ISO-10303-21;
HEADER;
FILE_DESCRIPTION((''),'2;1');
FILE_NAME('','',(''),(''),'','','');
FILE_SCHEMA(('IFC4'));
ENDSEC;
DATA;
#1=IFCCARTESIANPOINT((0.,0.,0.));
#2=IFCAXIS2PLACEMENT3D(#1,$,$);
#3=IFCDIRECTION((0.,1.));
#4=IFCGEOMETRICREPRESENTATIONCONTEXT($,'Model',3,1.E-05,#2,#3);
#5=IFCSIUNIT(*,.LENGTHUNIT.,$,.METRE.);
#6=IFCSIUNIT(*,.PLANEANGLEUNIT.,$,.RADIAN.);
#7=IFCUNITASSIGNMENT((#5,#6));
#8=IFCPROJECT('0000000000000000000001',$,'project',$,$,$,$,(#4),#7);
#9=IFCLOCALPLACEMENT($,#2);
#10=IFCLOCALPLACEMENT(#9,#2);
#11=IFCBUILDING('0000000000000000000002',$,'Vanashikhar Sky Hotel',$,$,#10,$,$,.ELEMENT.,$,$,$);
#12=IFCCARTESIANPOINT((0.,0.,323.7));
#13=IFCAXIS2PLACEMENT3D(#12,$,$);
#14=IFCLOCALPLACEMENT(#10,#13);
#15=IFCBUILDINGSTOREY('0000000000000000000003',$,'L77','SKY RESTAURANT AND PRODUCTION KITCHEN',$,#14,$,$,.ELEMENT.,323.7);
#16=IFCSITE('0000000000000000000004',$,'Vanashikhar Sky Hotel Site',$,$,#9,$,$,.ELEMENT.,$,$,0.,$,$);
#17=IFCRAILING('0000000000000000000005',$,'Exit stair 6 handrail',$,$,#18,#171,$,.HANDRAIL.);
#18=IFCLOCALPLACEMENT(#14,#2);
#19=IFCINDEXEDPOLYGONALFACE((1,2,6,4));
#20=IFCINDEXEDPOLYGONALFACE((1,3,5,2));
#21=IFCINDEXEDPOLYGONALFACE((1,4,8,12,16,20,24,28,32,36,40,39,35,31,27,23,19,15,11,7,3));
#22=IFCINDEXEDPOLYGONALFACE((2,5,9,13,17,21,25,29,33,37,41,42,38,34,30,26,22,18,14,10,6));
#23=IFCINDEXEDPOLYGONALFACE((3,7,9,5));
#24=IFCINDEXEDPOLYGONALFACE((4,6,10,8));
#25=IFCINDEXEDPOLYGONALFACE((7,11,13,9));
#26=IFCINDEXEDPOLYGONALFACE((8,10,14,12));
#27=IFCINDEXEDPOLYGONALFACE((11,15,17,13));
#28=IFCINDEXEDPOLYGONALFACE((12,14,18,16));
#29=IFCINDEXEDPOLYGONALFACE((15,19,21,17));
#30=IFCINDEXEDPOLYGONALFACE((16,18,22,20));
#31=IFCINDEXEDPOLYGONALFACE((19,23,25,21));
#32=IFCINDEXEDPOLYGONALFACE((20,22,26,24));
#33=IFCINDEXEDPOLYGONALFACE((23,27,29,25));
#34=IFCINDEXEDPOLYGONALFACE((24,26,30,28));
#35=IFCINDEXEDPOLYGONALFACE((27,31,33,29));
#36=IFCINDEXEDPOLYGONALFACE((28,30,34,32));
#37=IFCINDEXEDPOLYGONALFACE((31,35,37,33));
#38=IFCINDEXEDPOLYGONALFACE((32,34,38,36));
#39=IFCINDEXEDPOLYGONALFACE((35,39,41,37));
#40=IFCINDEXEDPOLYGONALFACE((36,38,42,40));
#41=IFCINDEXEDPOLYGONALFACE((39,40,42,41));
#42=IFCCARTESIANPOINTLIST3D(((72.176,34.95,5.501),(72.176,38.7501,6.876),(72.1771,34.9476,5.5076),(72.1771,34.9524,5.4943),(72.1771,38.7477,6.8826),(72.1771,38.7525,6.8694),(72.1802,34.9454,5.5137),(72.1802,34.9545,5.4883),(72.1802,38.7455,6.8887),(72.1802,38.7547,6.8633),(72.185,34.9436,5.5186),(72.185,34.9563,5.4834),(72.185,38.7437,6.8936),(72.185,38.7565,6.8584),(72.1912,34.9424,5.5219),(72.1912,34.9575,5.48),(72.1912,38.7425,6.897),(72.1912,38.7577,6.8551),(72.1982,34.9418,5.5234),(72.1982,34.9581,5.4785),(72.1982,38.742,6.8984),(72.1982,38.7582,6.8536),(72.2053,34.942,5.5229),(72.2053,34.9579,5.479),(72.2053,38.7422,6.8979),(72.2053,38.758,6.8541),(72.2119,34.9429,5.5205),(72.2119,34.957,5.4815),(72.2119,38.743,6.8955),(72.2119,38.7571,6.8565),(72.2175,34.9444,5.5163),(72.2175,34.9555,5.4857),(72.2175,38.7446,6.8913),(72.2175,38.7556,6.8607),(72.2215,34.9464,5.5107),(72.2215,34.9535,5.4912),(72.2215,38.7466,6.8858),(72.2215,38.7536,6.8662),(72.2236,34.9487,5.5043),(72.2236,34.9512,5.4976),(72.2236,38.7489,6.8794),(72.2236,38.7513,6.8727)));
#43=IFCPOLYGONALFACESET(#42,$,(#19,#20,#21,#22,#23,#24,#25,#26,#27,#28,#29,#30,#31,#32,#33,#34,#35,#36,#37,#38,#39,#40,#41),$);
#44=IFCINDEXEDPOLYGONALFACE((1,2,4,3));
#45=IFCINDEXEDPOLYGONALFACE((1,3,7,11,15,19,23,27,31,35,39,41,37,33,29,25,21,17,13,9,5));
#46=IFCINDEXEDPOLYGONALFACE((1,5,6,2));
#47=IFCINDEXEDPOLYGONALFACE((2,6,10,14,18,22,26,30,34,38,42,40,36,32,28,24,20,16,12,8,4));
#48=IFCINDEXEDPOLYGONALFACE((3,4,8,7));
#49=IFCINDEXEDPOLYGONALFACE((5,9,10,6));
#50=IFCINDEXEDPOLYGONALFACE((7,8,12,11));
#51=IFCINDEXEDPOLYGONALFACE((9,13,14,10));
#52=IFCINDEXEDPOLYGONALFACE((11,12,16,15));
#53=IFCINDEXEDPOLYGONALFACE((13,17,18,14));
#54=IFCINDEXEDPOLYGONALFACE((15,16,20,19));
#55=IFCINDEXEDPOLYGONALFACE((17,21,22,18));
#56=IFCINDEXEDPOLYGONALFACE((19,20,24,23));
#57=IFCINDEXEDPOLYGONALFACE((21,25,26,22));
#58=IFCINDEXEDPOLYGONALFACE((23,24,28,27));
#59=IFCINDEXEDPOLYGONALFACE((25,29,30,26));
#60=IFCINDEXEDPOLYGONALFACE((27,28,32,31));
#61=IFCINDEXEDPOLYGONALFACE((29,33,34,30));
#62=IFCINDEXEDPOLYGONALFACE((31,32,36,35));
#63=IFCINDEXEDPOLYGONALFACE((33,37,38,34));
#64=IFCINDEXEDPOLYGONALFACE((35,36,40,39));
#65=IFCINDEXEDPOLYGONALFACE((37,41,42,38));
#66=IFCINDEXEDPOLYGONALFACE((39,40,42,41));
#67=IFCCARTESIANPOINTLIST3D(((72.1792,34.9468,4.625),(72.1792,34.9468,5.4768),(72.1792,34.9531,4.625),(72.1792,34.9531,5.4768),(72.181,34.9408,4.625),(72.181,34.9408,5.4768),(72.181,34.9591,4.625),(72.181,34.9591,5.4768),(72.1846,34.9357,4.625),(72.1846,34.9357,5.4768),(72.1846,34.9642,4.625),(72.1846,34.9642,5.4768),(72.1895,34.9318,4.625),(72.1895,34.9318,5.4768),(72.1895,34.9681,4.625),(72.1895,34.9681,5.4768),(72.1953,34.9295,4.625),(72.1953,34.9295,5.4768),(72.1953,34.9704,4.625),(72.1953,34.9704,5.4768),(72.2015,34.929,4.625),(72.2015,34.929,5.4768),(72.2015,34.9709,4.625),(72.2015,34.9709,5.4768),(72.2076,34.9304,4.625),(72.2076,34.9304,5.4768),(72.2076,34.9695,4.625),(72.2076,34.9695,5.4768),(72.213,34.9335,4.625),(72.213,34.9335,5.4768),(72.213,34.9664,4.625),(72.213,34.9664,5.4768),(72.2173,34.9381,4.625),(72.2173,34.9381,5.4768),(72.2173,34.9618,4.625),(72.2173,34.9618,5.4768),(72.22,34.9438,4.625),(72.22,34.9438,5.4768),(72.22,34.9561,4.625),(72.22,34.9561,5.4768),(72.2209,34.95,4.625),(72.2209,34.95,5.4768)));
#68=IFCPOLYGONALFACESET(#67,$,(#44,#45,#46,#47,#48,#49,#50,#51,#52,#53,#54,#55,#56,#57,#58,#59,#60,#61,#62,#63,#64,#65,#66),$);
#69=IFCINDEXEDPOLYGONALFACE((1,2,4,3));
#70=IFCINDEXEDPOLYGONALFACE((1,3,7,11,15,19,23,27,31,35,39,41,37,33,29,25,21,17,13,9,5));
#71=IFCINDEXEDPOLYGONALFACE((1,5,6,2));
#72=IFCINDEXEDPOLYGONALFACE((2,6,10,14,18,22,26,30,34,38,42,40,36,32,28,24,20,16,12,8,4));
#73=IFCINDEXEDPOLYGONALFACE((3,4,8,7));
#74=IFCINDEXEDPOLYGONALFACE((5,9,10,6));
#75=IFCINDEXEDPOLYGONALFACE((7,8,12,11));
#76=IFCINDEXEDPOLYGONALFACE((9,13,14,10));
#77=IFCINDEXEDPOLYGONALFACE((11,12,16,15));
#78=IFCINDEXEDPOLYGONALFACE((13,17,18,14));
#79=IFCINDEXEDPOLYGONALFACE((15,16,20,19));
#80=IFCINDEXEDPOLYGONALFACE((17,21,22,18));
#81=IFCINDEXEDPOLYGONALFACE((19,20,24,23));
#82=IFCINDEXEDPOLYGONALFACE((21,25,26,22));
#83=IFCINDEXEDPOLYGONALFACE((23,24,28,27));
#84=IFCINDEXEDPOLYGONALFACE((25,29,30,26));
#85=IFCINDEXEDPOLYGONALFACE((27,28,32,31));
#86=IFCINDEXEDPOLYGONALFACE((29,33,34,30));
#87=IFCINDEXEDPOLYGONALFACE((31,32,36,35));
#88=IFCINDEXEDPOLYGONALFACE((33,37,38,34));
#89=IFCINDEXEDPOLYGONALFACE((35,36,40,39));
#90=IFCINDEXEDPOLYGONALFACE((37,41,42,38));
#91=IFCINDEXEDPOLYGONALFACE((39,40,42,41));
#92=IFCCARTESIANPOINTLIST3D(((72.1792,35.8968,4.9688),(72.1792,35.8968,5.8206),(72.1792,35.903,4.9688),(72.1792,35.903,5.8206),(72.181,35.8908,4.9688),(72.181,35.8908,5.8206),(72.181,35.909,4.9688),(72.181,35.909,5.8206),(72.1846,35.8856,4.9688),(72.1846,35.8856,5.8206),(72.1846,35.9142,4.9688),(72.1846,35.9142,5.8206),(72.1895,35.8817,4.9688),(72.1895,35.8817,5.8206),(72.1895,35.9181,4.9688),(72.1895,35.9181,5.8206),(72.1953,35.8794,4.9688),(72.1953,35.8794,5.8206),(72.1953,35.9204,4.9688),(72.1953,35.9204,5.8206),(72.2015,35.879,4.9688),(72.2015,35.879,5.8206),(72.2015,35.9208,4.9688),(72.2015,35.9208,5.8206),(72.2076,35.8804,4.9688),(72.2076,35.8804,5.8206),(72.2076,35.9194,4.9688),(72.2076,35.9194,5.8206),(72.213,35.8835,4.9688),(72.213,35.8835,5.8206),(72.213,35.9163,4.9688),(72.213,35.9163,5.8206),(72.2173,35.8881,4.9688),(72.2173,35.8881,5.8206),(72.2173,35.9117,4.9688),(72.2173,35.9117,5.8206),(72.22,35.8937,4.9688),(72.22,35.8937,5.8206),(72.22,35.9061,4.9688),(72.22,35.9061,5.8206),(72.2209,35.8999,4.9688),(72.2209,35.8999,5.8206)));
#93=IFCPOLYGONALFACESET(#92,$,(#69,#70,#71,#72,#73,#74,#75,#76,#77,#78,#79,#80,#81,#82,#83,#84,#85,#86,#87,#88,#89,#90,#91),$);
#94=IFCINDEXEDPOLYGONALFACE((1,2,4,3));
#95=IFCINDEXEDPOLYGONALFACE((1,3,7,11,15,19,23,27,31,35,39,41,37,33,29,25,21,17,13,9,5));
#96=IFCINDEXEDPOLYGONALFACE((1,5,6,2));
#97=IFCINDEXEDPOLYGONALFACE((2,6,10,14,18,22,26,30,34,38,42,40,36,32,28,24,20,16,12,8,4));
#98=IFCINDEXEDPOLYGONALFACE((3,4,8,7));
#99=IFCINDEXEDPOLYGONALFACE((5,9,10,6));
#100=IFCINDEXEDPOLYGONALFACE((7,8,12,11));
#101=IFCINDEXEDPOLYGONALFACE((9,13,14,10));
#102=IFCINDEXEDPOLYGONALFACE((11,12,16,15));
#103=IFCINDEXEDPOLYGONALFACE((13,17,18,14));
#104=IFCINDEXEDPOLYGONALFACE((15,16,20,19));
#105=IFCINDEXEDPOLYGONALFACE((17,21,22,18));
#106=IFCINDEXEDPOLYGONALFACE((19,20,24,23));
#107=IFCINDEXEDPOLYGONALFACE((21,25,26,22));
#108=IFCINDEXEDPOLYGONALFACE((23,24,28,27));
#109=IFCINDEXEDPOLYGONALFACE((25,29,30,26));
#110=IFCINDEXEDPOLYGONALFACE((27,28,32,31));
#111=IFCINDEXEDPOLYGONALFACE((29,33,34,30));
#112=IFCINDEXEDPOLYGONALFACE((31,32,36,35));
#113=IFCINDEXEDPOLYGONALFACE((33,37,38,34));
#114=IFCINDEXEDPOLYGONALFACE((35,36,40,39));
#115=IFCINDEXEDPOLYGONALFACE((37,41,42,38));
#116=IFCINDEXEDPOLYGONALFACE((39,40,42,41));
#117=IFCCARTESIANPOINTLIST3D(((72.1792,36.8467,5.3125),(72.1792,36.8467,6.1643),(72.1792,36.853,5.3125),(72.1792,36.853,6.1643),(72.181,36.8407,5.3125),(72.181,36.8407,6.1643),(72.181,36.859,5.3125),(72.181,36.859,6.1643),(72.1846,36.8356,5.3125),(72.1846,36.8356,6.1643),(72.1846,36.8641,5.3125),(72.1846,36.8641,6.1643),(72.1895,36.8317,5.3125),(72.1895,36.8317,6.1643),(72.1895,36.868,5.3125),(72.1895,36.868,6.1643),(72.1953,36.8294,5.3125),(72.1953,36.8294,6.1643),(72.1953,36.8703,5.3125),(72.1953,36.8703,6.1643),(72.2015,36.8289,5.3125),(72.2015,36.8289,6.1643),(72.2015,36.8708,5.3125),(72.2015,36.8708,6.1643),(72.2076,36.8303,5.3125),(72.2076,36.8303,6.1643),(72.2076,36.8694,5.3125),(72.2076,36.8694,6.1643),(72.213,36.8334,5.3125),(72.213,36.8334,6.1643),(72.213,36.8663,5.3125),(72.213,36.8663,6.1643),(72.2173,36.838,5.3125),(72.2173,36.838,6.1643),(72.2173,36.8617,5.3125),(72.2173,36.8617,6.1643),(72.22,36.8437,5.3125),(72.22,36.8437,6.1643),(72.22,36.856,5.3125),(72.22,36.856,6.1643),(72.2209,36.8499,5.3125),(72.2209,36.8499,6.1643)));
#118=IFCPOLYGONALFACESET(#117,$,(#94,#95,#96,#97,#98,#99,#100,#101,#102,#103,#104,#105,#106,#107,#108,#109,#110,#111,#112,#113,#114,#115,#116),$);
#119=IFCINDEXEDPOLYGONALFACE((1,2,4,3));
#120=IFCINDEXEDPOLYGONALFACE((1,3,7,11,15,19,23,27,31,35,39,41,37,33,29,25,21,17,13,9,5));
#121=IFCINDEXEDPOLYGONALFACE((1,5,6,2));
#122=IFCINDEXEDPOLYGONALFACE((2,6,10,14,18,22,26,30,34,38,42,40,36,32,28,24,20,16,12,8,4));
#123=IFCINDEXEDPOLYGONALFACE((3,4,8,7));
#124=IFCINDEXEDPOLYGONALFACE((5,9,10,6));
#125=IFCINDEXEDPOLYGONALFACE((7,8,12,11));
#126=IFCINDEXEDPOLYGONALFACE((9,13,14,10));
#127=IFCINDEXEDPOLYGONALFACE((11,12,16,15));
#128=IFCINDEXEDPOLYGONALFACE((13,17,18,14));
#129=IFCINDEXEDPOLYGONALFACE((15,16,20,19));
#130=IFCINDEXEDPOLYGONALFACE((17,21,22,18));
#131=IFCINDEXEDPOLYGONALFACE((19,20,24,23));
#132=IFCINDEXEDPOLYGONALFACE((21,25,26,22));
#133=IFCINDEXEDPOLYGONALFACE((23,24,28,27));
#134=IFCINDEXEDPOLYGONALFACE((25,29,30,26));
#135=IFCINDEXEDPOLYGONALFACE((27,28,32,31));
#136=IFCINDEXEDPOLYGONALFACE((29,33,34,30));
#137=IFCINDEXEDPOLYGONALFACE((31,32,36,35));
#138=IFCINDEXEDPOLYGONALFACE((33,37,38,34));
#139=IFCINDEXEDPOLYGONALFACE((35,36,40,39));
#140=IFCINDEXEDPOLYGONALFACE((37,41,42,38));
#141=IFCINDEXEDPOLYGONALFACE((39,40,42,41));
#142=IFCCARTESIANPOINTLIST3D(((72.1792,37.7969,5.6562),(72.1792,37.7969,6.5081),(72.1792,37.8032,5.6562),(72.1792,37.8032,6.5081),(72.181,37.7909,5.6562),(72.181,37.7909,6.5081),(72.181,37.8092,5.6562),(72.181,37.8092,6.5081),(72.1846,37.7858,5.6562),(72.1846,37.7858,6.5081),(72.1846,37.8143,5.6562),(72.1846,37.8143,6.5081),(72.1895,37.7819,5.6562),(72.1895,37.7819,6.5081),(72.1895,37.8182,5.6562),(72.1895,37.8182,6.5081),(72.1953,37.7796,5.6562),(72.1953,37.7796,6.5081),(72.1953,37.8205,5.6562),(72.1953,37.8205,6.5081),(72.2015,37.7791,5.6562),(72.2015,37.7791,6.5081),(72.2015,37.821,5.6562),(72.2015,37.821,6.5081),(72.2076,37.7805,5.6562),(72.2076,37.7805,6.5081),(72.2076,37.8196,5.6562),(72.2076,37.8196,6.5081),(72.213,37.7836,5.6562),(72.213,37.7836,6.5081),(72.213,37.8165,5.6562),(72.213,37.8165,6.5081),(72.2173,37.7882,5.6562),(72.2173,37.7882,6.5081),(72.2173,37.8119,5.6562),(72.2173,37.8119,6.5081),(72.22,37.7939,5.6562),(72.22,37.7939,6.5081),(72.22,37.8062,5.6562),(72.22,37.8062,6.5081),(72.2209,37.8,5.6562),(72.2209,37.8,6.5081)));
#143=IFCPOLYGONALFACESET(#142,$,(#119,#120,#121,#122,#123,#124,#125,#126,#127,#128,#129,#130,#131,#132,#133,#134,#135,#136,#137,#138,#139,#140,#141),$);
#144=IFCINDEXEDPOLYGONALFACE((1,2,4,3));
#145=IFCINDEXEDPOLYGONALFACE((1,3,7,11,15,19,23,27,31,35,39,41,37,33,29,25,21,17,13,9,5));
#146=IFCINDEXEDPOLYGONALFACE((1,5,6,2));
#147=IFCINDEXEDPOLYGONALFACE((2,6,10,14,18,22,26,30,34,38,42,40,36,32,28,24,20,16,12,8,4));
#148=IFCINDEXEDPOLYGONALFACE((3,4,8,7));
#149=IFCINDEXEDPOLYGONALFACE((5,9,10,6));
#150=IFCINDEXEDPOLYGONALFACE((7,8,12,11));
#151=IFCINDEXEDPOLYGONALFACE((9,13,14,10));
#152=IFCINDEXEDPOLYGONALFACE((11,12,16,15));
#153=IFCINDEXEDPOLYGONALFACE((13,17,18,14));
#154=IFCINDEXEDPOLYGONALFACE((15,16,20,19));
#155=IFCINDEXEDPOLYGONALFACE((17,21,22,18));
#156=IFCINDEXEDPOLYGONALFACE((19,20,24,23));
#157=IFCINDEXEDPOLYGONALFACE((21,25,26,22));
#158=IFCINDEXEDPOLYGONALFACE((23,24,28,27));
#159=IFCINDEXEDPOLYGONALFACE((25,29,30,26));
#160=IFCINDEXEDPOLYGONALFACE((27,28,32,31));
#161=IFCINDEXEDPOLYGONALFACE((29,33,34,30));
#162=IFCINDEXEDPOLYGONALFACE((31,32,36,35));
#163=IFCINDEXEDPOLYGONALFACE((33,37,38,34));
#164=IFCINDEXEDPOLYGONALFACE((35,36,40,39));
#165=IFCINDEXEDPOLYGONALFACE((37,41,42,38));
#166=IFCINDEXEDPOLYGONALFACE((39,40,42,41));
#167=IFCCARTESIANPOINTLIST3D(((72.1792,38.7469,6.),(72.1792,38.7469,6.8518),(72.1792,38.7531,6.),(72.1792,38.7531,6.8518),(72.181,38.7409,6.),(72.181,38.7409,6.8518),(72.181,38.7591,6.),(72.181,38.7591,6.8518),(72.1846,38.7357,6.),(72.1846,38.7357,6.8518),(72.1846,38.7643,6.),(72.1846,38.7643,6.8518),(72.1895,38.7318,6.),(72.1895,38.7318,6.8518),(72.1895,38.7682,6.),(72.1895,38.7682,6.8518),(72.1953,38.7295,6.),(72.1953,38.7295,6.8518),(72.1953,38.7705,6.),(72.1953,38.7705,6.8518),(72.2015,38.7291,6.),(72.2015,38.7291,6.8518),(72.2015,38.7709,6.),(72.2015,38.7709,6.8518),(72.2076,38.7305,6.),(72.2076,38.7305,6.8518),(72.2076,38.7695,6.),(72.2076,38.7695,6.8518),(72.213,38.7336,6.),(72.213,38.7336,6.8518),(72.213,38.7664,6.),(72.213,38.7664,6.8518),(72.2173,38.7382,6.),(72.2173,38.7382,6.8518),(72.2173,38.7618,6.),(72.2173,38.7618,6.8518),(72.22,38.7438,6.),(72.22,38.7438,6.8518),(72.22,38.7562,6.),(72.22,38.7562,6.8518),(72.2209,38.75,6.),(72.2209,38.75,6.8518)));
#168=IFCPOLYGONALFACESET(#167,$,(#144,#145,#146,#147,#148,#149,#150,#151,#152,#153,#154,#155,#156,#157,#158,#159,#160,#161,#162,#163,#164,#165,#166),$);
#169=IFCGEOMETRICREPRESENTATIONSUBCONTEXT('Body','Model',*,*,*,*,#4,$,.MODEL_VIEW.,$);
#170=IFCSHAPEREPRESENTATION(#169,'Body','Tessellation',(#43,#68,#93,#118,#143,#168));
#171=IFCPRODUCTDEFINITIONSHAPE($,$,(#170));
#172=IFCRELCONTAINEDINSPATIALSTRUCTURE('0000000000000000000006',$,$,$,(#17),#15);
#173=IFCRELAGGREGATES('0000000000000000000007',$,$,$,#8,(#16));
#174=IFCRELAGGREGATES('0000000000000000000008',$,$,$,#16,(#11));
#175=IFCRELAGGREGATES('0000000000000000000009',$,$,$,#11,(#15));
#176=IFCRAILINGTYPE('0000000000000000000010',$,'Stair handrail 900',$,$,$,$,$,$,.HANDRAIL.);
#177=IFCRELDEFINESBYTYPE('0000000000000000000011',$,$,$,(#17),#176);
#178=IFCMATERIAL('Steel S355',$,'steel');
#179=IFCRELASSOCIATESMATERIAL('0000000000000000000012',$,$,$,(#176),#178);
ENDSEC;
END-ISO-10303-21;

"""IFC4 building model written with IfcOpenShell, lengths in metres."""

from ifc_helpers import new_model, si_unit, direction, frame, origin, origin_2d, place, context, subcontext, project, spatial, circle, extrude, source, transform, mapped, material, type_object, element, save


model = new_model("IFC4")

# Units and contexts
model_context = context("Model", 3, precision=1e-05, world=origin(), true_north=direction((0.0, 1.0)))
body_context = subcontext(model_context, "Body", "Model", "MODEL_VIEW")
ifc_project = project(units=[si_unit("LENGTHUNIT", "METRE"), si_unit("PLANEANGLEUNIT", "RADIAN")], contexts=[model_context])

# Site, building, storey
site_placement = place(None, origin())
site = spatial("IfcSite", under=ifc_project, at=site_placement, Name="Vanashikhar Sky Hotel Site", CompositionType="ELEMENT", RefElevation=0.0)
building_placement = place(site_placement, origin())
building = spatial("IfcBuilding", under=site, at=building_placement, Name="Vanashikhar Sky Hotel", CompositionType="ELEMENT")
storey_placement = place(building_placement, frame((0.0, 0.0, 323.7)))
storey = spatial("IfcBuildingStorey", under=building, at=storey_placement, Name="L77", Description="SKY RESTAURANT AND PRODUCTION KITCHEN", CompositionType="ELEMENT", Elevation=323.7)

# Railing
ifc_material_1 = material(Name="Steel S355", Category="steel")
railing_type_1 = type_object("IfcRailingType", Name="Stair handrail 900", PredefinedType="HANDRAIL", material=ifc_material_1)
shared_shape_1 = source(origin(), body_context, "Body", "SweptSolid", [
    extrude(circle(Radius=0.0239, at=origin_2d()), frame((0.0, 0.0, 0.876), z_axis=(0.0, 0.940336, 0.340249), x_axis=(-1.0, 0.0, 0.0)), (0.0, 0.0, 1.0), 4.0413),
    extrude(circle(Radius=0.021, at=origin_2d()), origin(), (0.0, 0.0, 1.0), 0.8518),
    extrude(circle(Radius=0.021, at=origin_2d()), frame((0.0, 0.95, 0.3438)), (0.0, 0.0, 1.0), 0.8518),
    extrude(circle(Radius=0.021, at=origin_2d()), frame((0.0, 1.8999, 0.6875)), (0.0, 0.0, 1.0), 0.8518),
    extrude(circle(Radius=0.021, at=origin_2d()), frame((0.0, 2.8501, 1.0312)), (0.0, 0.0, 1.0), 0.8518),
    extrude(circle(Radius=0.021, at=origin_2d()), frame((0.0, 3.8, 1.375)), (0.0, 0.0, 1.0), 0.8518),
])
for number, where, name in (
    (1, (72.2, 34.95, 4.625), "Exit stair 6 handrail"),
):
    element("IfcRailing", number, at=place(storey_placement, frame(where)), inside=storey, type_object=railing_type_1, Name=name, PredefinedType="HANDRAIL", context=body_context, shape_type="MappedRepresentation", body=[
        mapped(shared_shape_1, transform((0.0, 0.0, 0.0), scale=1.0)),
    ])

save(model, "model.ifc")
